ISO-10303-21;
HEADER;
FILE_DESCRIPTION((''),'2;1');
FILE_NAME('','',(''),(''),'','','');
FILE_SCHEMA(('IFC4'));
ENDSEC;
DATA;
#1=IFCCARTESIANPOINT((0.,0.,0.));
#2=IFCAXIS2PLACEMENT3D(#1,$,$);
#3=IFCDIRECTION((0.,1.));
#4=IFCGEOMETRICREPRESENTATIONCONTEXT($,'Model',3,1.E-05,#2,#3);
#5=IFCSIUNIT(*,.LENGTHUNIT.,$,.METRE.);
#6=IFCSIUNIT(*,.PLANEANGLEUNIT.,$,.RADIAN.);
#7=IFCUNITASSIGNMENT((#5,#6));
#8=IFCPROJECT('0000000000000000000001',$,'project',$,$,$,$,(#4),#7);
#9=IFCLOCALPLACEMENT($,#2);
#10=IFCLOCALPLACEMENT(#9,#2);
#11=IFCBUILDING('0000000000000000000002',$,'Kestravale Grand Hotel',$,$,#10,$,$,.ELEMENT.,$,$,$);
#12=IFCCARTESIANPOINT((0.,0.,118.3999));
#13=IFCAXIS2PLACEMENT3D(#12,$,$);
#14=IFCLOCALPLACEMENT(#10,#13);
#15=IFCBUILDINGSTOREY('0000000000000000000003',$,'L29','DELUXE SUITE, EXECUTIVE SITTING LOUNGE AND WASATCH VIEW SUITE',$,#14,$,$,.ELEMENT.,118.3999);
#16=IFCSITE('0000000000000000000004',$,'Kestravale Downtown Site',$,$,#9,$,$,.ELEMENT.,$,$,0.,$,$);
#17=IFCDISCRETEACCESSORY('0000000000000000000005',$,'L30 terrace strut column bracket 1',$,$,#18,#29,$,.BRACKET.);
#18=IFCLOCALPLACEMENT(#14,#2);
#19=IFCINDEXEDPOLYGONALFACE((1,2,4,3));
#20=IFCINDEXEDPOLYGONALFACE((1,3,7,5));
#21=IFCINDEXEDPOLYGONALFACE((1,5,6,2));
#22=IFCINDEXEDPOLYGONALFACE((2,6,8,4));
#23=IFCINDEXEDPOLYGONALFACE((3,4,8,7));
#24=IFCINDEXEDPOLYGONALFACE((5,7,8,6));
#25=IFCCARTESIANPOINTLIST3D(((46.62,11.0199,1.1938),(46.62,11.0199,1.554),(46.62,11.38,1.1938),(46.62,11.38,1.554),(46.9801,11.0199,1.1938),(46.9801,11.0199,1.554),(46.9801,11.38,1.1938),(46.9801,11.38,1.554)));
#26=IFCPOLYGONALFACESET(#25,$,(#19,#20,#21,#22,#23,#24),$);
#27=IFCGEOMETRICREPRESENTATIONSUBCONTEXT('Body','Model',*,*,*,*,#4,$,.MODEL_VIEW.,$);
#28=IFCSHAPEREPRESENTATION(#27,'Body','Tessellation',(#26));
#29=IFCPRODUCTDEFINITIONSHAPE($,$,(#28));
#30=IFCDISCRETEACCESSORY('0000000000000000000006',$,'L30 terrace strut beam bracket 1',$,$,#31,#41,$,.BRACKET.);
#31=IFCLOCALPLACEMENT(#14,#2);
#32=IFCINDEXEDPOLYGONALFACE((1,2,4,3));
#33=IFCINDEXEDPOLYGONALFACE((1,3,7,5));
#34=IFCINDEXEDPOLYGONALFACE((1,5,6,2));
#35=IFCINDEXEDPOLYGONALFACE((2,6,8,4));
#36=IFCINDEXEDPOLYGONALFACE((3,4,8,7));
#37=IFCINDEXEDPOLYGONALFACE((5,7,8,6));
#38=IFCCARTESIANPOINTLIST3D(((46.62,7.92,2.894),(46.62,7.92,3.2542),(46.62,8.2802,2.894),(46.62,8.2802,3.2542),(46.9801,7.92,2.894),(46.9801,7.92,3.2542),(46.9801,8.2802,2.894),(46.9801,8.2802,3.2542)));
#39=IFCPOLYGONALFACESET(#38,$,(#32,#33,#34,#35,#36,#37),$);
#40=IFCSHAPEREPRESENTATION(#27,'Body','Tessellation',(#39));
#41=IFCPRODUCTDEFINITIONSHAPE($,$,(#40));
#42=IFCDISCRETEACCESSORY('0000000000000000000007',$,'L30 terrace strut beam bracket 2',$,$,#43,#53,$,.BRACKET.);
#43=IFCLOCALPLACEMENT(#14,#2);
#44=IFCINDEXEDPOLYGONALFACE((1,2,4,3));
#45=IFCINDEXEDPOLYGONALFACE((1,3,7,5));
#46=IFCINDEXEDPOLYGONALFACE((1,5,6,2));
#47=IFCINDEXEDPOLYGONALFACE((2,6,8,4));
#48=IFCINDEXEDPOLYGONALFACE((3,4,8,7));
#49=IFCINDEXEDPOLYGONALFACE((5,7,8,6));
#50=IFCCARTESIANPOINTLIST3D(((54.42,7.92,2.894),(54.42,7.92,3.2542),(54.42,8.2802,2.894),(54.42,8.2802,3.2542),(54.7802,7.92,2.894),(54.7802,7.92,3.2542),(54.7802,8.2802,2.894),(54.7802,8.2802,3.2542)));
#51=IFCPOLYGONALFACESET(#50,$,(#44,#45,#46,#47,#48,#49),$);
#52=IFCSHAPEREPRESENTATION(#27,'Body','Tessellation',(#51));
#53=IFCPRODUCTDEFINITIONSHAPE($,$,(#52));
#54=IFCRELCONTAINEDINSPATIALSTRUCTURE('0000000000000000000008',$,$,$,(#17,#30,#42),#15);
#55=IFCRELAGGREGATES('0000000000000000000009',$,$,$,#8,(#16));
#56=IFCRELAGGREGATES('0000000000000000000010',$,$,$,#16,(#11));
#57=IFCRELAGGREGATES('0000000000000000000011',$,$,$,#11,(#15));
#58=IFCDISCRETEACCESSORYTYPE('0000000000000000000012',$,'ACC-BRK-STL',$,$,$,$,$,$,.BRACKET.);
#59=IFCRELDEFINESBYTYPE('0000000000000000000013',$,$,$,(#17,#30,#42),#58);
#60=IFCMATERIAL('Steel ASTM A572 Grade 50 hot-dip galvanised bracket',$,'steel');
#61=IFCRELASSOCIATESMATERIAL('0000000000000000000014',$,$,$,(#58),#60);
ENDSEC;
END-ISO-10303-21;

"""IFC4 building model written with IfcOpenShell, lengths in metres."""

from ifc_helpers import new_model, si_unit, direction, frame, origin, origin_2d, place, context, subcontext, project, spatial, rectangle, extrude, material, type_object, element, save


model = new_model("IFC4")

# Units and contexts
model_context = context("Model", 3, precision=1e-05, world=origin(), true_north=direction((0.0, 1.0)))
body_context = subcontext(model_context, "Body", "Model", "MODEL_VIEW")
ifc_project = project(units=[si_unit("LENGTHUNIT", "METRE"), si_unit("PLANEANGLEUNIT", "RADIAN")], contexts=[model_context])

# Site, building, storey
site_placement = place(None, origin())
site = spatial("IfcSite", under=ifc_project, at=site_placement, Name="Kestravale Downtown Site", CompositionType="ELEMENT", RefElevation=0.0)
building_placement = place(site_placement, origin())
building = spatial("IfcBuilding", under=site, at=building_placement, Name="Kestravale Grand Hotel", CompositionType="ELEMENT")
storey_placement = place(building_placement, frame((0.0, 0.0, 118.3999)))
storey = spatial("IfcBuildingStorey", under=building, at=storey_placement, Name="L29", Description="DELUXE SUITE, EXECUTIVE SITTING LOUNGE AND WASATCH VIEW SUITE", CompositionType="ELEMENT", Elevation=118.3999)

# Discrete accessories
ifc_material_1 = material(Name="Steel ASTM A572 Grade 50 hot-dip galvanised bracket", Category="steel")
discrete_accessory_type = type_object("IfcDiscreteAccessoryType", Name="ACC-BRK-STL", PredefinedType="BRACKET", material=ifc_material_1)
for number, where, z_axis, x_axis, name in (
    (1, (46.8, 11.2, 1.1938), (0.0, 0.0, 1.0), (1.0, 0.0, 0.0), "L30 terrace strut column bracket 1"),
    (2, (46.8, 8.1001, 2.894), (0.0, 0.0, 1.0), (1.0, 0.0, 0.0), "L30 terrace strut beam bracket 1"),
    (3, (54.6001, 8.1001, 2.894), (0.0, 0.0, 1.0), (1.0, 0.0, 0.0), "L30 terrace strut beam bracket 2"),
):
    element("IfcDiscreteAccessory", number, at=place(storey_placement, frame(where, z_axis=z_axis, x_axis=x_axis)), inside=storey, type_object=discrete_accessory_type, Name=name, PredefinedType="BRACKET", context=body_context, shape_type="SweptSolid", body=[
        extrude(rectangle(XDim=0.3601, YDim=0.3601, at=origin_2d()), origin(), (0.0, 0.0, 1.0), 0.3601),
    ])

save(model, "model.ifc")
